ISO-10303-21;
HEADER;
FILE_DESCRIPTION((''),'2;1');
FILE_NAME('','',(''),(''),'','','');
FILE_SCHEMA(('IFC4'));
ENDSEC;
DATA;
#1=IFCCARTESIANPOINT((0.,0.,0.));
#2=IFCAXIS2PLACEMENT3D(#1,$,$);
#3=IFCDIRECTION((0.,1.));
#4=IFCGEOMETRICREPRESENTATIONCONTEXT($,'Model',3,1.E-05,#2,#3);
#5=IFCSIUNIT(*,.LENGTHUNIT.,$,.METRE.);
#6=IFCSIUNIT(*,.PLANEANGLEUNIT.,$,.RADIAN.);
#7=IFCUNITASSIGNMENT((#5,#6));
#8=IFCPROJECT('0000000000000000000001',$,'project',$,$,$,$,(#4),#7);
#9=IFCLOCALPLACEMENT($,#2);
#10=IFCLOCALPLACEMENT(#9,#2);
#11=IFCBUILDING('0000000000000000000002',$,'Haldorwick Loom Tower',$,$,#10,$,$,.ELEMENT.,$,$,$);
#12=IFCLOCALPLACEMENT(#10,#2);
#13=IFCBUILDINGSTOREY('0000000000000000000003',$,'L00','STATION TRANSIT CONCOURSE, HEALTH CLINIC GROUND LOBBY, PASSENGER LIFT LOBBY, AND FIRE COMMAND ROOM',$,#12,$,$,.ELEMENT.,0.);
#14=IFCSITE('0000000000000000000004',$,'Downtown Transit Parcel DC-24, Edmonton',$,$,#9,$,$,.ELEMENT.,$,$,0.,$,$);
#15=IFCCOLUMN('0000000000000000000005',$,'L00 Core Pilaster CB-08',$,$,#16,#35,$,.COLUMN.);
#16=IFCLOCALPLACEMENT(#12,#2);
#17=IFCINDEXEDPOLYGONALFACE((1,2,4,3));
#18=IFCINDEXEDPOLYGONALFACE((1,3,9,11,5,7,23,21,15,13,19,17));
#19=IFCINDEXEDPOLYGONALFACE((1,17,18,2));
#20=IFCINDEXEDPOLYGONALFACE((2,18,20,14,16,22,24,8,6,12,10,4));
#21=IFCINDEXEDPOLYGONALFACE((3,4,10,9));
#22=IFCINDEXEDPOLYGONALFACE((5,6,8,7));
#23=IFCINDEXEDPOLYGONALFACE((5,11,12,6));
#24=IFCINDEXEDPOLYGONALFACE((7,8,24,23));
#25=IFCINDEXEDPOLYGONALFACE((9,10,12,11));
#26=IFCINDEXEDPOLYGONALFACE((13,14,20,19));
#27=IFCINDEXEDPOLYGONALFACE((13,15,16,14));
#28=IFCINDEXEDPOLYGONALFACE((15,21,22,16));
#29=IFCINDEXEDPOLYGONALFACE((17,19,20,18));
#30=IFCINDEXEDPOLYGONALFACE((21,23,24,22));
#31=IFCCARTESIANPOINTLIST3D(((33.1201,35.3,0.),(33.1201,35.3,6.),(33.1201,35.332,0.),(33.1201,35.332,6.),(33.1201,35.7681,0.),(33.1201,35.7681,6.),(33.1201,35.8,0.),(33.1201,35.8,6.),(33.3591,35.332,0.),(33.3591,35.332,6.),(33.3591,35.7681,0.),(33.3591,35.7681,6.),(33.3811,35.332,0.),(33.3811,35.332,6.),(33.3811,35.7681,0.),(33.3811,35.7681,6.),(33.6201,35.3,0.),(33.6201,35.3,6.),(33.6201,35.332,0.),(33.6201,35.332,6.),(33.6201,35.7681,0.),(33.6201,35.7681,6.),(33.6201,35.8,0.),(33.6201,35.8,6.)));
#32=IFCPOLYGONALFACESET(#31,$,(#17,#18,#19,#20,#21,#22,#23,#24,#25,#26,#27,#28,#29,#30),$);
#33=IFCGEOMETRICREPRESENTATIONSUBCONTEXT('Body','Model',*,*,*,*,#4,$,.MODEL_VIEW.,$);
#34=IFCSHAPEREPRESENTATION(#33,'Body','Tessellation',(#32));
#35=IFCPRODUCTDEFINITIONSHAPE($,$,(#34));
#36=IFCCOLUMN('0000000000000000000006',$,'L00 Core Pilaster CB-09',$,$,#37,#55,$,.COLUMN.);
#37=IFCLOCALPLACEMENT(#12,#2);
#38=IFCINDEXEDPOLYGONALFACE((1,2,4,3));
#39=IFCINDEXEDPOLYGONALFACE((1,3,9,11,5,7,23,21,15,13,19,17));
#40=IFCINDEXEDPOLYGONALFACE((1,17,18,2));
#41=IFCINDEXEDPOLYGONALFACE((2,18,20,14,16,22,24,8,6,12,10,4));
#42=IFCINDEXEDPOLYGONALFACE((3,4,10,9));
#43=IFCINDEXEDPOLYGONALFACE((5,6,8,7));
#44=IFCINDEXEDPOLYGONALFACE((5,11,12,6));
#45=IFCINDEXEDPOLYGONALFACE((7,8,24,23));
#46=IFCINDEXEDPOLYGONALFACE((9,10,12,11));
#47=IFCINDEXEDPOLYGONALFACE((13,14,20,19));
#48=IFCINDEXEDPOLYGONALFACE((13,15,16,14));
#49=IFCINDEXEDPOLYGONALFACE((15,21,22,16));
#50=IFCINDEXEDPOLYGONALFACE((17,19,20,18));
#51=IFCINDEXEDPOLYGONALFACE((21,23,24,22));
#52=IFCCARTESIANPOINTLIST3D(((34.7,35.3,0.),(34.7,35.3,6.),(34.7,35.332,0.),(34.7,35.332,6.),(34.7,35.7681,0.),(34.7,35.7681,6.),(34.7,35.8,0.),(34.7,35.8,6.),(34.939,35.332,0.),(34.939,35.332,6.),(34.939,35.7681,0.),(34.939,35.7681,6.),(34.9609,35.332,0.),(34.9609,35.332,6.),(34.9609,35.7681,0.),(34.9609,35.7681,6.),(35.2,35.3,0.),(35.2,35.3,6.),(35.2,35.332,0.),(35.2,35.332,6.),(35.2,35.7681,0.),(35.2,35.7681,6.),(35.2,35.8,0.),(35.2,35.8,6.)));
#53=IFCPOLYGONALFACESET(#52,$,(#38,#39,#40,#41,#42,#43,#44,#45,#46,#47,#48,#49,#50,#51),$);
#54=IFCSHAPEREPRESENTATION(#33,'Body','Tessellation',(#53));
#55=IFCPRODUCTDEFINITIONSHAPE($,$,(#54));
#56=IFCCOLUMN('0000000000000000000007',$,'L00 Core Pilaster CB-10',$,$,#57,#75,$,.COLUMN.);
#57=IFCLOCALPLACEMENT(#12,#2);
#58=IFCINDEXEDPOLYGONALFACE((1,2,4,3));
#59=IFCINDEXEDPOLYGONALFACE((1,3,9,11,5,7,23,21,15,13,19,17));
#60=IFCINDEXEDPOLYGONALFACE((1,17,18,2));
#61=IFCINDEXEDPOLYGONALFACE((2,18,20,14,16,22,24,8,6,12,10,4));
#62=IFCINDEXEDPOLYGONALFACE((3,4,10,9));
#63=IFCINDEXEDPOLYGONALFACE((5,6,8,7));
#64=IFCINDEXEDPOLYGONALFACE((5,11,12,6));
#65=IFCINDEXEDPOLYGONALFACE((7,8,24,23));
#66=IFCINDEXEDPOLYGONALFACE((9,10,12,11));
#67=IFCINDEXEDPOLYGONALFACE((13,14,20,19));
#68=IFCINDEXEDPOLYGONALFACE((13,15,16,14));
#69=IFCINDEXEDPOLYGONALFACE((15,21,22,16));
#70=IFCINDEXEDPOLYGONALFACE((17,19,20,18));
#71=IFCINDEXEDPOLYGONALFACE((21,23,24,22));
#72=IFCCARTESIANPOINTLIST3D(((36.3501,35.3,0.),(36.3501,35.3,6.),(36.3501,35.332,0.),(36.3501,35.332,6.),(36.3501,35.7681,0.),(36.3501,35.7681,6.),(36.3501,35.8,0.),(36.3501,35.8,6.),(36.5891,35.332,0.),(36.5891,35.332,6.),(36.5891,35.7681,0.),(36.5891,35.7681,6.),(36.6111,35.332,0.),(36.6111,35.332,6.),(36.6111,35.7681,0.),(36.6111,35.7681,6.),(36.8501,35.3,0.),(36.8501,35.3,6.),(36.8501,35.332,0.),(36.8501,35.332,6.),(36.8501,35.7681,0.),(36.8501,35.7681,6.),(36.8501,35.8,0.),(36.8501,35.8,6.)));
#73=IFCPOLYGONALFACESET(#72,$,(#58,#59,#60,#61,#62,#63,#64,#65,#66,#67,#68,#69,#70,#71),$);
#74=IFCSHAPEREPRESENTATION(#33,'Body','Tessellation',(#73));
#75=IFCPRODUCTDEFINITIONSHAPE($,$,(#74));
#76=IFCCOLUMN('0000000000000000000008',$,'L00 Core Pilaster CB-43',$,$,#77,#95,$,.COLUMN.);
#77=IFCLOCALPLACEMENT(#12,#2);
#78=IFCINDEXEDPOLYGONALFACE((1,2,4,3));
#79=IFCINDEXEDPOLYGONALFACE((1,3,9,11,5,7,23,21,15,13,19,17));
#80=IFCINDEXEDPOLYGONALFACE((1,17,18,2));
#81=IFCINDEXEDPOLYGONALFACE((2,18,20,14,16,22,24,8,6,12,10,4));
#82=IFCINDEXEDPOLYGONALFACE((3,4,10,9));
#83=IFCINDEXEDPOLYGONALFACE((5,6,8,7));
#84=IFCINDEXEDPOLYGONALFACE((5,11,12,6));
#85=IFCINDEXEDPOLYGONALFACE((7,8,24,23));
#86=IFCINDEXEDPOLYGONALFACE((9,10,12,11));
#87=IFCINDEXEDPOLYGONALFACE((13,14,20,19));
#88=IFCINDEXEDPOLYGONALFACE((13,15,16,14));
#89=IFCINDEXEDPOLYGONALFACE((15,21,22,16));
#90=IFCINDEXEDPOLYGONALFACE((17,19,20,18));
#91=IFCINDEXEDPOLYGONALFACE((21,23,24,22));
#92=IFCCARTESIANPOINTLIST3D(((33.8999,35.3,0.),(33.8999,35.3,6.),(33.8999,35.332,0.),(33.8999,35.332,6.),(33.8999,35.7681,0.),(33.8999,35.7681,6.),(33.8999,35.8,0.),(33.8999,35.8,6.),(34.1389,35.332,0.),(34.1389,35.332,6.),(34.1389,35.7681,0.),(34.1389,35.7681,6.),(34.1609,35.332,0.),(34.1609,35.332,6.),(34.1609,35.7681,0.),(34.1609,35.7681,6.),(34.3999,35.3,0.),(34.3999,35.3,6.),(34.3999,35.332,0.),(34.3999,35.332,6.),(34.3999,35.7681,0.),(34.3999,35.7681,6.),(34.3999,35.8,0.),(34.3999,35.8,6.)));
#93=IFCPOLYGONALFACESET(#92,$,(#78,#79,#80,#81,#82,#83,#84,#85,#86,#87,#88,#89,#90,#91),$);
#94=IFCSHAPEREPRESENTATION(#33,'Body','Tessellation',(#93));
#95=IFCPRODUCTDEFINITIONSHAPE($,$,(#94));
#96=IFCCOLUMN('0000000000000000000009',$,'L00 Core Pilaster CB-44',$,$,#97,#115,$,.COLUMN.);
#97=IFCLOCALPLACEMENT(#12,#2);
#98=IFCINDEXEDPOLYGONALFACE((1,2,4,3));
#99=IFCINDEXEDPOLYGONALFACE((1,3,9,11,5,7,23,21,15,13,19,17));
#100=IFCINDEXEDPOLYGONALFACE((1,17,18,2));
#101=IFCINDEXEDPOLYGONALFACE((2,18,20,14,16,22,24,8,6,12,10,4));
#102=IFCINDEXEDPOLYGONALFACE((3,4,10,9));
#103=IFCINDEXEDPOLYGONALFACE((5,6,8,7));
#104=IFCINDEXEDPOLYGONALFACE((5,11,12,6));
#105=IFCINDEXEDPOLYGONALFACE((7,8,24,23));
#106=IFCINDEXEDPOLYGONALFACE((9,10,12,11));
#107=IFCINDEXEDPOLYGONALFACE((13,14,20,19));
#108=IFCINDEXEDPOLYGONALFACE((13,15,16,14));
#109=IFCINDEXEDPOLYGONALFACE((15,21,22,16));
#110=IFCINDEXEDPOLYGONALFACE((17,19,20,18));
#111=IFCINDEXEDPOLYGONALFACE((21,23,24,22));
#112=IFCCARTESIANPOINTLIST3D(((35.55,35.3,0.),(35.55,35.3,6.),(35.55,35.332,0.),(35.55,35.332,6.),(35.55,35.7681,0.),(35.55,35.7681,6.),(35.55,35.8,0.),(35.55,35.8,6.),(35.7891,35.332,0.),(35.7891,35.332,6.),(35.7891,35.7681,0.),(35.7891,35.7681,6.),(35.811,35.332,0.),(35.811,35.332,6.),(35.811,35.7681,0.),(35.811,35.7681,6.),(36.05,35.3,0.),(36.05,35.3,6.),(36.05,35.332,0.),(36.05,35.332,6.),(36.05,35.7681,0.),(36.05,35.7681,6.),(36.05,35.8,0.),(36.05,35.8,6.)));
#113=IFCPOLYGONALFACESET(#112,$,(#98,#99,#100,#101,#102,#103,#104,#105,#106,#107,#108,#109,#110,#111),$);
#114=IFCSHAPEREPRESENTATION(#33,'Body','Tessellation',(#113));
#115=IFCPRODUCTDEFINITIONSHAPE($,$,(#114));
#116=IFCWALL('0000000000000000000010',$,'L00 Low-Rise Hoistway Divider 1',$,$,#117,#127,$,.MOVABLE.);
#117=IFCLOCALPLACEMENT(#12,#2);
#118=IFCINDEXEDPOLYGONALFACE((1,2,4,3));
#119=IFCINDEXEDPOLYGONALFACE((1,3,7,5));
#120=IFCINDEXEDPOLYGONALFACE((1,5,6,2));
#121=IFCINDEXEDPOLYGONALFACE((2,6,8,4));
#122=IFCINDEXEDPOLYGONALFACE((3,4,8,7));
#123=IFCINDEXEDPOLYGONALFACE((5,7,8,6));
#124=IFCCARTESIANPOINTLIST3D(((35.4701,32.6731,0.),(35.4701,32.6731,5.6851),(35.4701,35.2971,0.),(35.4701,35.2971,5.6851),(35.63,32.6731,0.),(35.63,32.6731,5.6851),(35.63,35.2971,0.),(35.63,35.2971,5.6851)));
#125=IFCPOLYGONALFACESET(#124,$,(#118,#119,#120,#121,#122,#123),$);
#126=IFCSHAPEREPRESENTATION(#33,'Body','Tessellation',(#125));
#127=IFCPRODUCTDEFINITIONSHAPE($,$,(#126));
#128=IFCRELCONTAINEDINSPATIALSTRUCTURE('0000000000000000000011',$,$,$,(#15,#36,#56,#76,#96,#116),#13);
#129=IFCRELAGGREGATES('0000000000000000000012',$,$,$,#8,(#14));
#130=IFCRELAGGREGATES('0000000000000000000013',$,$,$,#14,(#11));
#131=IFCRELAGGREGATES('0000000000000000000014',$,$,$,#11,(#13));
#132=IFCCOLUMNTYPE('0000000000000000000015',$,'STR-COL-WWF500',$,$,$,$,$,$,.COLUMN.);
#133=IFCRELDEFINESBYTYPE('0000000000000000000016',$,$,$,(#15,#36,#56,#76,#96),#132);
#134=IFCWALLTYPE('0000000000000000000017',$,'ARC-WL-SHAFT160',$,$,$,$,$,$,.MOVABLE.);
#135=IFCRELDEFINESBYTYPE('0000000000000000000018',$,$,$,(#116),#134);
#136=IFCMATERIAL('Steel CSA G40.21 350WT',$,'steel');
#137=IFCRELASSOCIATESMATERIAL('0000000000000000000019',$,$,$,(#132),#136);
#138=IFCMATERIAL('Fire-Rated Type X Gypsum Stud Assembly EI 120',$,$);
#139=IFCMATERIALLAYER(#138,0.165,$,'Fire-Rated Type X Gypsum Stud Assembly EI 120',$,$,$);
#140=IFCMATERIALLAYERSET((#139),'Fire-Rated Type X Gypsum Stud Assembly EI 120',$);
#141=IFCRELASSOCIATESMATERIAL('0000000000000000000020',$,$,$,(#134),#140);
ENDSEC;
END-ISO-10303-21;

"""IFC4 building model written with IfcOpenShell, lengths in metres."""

from ifc_helpers import new_model, si_unit, direction, frame, frame_2d, origin, origin_2d, place, context, subcontext, project, spatial, rectangle, i_section, extrude, material, layer, layer_set, material_profile, profile_set, type_object, element, save


model = new_model("IFC4")

# Units and contexts
model_context = context("Model", 3, precision=1e-05, world=origin(), true_north=direction((0.0, 1.0)))
body_context = subcontext(model_context, "Body", "Model", "MODEL_VIEW")
ifc_project = project(units=[si_unit("LENGTHUNIT", "METRE"), si_unit("PLANEANGLEUNIT", "RADIAN")], contexts=[model_context])

# Site, building, storey
site_placement = place(None, origin())
site = spatial("IfcSite", under=ifc_project, at=site_placement, Name="Downtown Transit Parcel DC-24, Edmonton", CompositionType="ELEMENT", RefElevation=0.0)
building_placement = place(site_placement, origin())
building = spatial("IfcBuilding", under=site, at=building_placement, Name="Haldorwick Loom Tower", CompositionType="ELEMENT")
storey_placement = place(building_placement, origin())
storey = spatial("IfcBuildingStorey", under=building, at=storey_placement, Name="L00", Description="STATION TRANSIT CONCOURSE, HEALTH CLINIC GROUND LOBBY, PASSENGER LIFT LOBBY, AND FIRE COMMAND ROOM", CompositionType="ELEMENT", Elevation=0.0)

# Columns
ifc_material_1 = material(Name="Steel CSA G40.21 350WT", Category="steel")
ifc_material_profile = material_profile(ifc_material_1, i_section(OverallWidth=0.5, OverallDepth=0.5, WebThickness=0.022, FlangeThickness=0.032, at=origin_2d()), Name="WWF500X500", Category="steel")
ifc_profile_set = profile_set([ifc_material_profile], Name="Steel CSA G40.21 350WT")
column_type = type_object("IfcColumnType", Name="STR-COL-WWF500", PredefinedType="COLUMN", material=ifc_profile_set)
for number, where, z_axis, x_axis, name in (
    (1, (33.3701, 35.55, 0.0), (0.0, 0.0, 1.0), (1.0, 0.0, 0.0), "L00 Core Pilaster CB-08"),
    (2, (34.95, 35.55, 0.0), (0.0, 0.0, 1.0), (1.0, 0.0, 0.0), "L00 Core Pilaster CB-09"),
    (3, (36.6001, 35.55, 0.0), (0.0, 0.0, 1.0), (1.0, 0.0, 0.0), "L00 Core Pilaster CB-10"),
    (4, (34.1499, 35.55, 0.0), (0.0, 0.0, 1.0), (1.0, 0.0, 0.0), "L00 Core Pilaster CB-43"),
    (5, (35.8, 35.55, 0.0), (0.0, 0.0, 1.0), (1.0, 0.0, 0.0), "L00 Core Pilaster CB-44"),
):
    element("IfcColumn", number, at=place(storey_placement, frame(where, z_axis=z_axis, x_axis=x_axis)), inside=storey, type_object=column_type, Name=name, PredefinedType="COLUMN", context=body_context, shape_type="SweptSolid", body=[
        extrude(i_section(OverallWidth=0.5, OverallDepth=0.5, WebThickness=0.022, FlangeThickness=0.032, at=origin_2d()), origin(), (0.0, 0.0, 1.0), 6.0),
    ])

# Wall
ifc_material_2 = material(Name="Fire-Rated Type X Gypsum Stud Assembly EI 120")
ifc_layer_1 = layer(ifc_material_2, 0.165, Name="Fire-Rated Type X Gypsum Stud Assembly EI 120")
ifc_layer_set_1 = layer_set([ifc_layer_1], Name="Fire-Rated Type X Gypsum Stud Assembly EI 120")
wall_type_1 = type_object("IfcWallType", Name="ARC-WL-SHAFT160", PredefinedType="MOVABLE", material=ifc_layer_set_1)
wall_1_placement = place(storey_placement, frame((35.55, 32.6731, 0.0), z_axis=(0.0, 0.0, 1.0), x_axis=(0.0, 1.0, 0.0)))
element("IfcWall", 6, at=wall_1_placement, inside=storey, type_object=wall_type_1, Name="L00 Low-Rise Hoistway Divider 1", PredefinedType="MOVABLE", context=body_context, shape_type="SweptSolid", body=[
    extrude(rectangle(XDim=2.624, YDim=0.1599, at=frame_2d((1.312, 0.0))), origin(), (0.0, 0.0, 1.0), 5.6851),
])

save(model, "model.ifc")
